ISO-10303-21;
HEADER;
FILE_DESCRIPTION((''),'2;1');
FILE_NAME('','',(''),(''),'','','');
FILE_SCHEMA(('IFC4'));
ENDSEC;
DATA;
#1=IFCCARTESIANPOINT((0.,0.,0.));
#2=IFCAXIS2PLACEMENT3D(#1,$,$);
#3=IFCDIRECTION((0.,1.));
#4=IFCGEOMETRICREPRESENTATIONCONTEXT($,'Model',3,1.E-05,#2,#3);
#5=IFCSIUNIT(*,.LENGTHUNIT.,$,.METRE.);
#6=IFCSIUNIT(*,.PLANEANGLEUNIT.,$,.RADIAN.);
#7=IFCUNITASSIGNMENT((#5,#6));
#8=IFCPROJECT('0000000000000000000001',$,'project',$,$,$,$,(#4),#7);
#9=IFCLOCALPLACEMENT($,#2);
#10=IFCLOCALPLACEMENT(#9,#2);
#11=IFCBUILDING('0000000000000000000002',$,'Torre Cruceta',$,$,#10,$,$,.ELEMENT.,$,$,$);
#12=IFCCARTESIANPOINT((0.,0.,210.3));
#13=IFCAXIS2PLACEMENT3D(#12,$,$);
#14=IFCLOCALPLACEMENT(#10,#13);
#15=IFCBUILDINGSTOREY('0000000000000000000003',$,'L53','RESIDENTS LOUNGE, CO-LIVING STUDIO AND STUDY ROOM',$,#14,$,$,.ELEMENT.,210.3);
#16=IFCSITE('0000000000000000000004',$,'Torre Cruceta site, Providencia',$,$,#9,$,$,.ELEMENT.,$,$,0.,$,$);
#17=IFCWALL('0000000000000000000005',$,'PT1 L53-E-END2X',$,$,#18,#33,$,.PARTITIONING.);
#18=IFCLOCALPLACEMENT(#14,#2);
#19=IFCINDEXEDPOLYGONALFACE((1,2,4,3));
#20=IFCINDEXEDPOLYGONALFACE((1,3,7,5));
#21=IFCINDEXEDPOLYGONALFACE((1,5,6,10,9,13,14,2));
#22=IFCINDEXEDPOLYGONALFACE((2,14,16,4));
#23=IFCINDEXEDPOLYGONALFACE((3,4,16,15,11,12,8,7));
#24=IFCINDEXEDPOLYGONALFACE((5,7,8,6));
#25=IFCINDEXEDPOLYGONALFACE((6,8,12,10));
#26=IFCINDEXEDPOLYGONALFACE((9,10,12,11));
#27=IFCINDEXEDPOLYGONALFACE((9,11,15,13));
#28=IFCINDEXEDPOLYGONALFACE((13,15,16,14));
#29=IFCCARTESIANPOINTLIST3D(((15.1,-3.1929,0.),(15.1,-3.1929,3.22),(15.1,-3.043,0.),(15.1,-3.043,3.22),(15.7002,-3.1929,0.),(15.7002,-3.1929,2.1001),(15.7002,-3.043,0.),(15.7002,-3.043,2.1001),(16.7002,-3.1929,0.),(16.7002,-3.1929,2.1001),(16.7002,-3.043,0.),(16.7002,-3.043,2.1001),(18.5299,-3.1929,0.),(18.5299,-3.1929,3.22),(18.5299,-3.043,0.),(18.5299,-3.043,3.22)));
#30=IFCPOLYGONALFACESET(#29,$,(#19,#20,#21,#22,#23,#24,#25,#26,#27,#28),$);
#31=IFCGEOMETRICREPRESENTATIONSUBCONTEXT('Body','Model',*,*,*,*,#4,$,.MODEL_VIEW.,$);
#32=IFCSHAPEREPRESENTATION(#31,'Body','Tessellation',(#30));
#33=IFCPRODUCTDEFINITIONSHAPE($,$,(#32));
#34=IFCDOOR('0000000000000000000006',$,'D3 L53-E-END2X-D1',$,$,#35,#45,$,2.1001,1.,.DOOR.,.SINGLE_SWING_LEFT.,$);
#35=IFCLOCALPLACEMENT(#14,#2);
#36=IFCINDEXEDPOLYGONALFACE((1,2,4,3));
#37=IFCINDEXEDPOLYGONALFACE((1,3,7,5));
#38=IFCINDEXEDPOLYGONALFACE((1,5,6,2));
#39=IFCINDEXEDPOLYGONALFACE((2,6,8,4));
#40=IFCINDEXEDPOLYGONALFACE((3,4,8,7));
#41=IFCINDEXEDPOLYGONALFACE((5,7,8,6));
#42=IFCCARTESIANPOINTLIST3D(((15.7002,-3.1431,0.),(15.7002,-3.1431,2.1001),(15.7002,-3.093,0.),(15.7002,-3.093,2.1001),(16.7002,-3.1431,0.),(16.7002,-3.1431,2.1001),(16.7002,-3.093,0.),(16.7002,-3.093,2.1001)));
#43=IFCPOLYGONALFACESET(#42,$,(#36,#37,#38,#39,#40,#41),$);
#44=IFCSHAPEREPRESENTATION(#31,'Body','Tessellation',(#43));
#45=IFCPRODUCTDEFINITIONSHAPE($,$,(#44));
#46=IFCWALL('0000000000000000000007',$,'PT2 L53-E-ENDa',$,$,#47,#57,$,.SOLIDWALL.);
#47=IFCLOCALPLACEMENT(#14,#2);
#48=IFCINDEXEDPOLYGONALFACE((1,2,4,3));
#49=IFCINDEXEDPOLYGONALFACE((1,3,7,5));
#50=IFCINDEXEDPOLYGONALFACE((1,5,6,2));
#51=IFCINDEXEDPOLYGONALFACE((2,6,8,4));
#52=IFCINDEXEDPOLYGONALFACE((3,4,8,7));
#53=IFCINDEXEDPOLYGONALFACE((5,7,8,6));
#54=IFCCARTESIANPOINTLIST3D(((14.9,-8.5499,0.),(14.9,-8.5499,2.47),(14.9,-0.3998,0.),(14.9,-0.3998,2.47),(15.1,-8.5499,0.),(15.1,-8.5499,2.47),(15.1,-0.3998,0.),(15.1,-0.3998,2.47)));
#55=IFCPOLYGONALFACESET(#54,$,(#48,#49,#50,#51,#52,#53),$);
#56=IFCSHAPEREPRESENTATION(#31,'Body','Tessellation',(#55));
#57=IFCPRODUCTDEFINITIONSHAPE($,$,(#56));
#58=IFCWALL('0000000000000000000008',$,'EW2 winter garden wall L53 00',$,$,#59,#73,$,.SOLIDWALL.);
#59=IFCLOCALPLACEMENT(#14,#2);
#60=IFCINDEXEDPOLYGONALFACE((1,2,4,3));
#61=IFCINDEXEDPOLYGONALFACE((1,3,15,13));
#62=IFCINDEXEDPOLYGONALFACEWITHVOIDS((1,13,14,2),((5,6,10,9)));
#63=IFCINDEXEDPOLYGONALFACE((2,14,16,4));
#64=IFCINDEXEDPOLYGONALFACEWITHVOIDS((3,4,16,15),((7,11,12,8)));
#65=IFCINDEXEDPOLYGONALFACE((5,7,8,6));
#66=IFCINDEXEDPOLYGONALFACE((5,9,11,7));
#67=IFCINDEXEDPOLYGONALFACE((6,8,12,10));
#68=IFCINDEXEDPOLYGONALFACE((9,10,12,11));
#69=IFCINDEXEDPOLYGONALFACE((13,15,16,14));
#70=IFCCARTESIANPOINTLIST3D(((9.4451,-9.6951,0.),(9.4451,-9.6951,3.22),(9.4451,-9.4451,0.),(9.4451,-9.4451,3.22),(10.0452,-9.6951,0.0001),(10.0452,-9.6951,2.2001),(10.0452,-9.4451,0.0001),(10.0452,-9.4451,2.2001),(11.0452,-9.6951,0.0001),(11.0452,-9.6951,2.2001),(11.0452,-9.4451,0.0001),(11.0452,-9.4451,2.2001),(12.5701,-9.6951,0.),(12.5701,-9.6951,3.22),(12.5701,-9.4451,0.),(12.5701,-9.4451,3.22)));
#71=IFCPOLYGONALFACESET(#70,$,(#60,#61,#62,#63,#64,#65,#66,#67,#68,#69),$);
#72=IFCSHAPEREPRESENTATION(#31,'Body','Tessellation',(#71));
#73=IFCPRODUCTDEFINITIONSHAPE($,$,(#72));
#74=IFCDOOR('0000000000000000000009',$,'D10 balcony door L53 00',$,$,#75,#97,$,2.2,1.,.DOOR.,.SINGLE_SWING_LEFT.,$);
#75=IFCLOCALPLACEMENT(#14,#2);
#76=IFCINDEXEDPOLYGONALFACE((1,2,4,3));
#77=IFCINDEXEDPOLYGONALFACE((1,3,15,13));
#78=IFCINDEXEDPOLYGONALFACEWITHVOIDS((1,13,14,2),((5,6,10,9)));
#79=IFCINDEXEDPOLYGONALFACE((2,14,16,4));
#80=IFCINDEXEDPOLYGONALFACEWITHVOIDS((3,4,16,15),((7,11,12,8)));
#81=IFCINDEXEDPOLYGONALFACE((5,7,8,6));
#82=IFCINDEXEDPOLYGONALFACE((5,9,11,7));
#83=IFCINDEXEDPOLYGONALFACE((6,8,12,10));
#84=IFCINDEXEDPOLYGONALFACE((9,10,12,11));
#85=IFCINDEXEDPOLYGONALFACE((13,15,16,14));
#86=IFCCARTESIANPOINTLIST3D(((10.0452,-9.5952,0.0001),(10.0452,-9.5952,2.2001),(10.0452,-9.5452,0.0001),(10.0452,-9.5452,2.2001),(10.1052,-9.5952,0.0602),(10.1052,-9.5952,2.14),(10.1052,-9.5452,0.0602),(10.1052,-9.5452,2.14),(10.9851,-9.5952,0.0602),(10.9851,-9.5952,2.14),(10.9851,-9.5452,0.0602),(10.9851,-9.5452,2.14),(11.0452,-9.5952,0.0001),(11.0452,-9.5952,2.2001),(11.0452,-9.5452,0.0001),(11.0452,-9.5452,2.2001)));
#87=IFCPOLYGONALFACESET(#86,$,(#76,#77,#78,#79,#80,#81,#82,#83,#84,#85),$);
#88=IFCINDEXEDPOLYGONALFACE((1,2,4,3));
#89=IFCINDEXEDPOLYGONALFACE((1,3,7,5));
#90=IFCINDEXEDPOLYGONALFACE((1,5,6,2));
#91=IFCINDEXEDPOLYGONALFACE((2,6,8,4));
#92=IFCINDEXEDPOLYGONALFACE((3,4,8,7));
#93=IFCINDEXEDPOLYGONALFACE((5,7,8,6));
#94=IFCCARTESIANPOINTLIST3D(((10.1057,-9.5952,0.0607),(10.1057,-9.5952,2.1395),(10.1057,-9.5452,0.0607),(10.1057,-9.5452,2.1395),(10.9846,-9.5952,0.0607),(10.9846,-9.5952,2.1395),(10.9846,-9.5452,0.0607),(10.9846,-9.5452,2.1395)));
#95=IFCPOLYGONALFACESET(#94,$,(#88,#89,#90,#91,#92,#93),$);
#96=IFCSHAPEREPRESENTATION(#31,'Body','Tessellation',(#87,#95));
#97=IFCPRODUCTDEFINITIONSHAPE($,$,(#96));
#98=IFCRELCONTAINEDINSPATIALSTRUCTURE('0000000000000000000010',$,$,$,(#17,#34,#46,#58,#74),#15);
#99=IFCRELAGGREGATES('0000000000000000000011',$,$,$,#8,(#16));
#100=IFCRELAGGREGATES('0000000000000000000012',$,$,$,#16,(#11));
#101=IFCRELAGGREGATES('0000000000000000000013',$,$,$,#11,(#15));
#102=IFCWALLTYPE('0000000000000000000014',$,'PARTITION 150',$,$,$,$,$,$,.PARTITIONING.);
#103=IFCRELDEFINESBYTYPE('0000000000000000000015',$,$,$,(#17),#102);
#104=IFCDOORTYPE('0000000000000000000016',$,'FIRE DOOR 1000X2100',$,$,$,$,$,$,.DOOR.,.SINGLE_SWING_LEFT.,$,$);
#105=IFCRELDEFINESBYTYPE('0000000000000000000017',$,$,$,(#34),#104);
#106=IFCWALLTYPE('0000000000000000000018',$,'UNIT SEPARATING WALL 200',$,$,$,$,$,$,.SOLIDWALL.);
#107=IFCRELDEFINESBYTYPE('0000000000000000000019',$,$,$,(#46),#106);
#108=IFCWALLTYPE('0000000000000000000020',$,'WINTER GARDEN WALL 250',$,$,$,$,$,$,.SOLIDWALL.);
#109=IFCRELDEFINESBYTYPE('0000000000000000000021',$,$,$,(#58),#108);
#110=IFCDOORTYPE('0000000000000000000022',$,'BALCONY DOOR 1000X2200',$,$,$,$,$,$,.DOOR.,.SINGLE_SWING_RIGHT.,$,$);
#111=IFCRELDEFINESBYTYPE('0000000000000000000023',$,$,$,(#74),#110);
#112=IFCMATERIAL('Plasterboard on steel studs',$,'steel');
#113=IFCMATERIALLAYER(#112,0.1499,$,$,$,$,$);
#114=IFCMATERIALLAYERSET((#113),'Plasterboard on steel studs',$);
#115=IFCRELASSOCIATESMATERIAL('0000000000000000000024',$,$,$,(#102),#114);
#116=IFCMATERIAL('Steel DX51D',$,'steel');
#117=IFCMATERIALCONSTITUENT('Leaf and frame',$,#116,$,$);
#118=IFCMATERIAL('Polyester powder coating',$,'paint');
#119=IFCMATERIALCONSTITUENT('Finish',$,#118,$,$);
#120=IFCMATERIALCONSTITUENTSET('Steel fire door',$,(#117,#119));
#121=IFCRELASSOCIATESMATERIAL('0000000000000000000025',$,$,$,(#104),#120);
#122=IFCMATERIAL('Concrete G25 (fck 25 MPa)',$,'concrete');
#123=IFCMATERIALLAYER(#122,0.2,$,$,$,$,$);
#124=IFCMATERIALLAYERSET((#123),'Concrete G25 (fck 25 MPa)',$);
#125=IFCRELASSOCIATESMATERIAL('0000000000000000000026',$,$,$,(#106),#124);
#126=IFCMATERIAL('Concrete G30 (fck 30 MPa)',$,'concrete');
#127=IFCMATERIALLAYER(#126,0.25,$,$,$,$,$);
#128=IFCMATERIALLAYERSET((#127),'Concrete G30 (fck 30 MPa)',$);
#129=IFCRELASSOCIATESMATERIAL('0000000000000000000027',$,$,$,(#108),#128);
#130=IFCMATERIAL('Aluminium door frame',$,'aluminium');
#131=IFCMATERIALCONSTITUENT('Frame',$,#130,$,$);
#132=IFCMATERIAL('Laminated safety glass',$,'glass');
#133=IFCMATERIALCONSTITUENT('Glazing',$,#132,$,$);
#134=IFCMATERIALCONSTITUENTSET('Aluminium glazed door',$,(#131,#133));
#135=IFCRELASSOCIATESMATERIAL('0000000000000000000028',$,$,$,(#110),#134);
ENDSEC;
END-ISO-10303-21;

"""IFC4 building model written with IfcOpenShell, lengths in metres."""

from ifc_helpers import new_model, si_unit, direction, frame, frame_2d, origin, place, context, subcontext, project, spatial, rectangle, hollow_rectangle, extrude, material, layer, layer_set, constituent, constituent_set, type_object, element, fill, save


model = new_model("IFC4")

# Units and contexts
model_context = context("Model", 3, precision=1e-05, world=origin(), true_north=direction((0.0, 1.0)))
body_context = subcontext(model_context, "Body", "Model", "MODEL_VIEW")
ifc_project = project(units=[si_unit("LENGTHUNIT", "METRE"), si_unit("PLANEANGLEUNIT", "RADIAN")], contexts=[model_context])

# Site, building, storey
site_placement = place(None, origin())
site = spatial("IfcSite", under=ifc_project, at=site_placement, Name="Torre Cruceta site, Providencia", CompositionType="ELEMENT", RefElevation=0.0)
building_placement = place(site_placement, origin())
building = spatial("IfcBuilding", under=site, at=building_placement, Name="Torre Cruceta", CompositionType="ELEMENT")
storey_placement = place(building_placement, frame((0.0, 0.0, 210.3)))
storey = spatial("IfcBuildingStorey", under=building, at=storey_placement, Name="L53", Description="RESIDENTS LOUNGE, CO-LIVING STUDIO AND STUDY ROOM", CompositionType="ELEMENT", Elevation=210.3)

# Wall, opening, door
ifc_material_1 = material(Name="Plasterboard on steel studs", Category="steel")
ifc_layer_1 = layer(ifc_material_1, 0.1499)
ifc_layer_set_1 = layer_set([ifc_layer_1], Name="Plasterboard on steel studs")
wall_type_1 = type_object("IfcWallType", Name="PARTITION 150", PredefinedType="PARTITIONING", material=ifc_layer_set_1)
wall_1_placement = place(storey_placement, frame((15.1001, -3.1179, 0.0), z_axis=(0.0, 0.0, 1.0), x_axis=(1.0, 0.0, 0.0)))
wall_1 = element("IfcWall", 1, at=wall_1_placement, inside=storey, type_object=wall_type_1, Name="PT1 L53-E-END2X", PredefinedType="PARTITIONING", context=body_context, shape_type="SweptSolid", body=[
    extrude(rectangle(XDim=3.4299, YDim=0.1499, at=frame_2d((1.7148, 0.0))), origin(), (0.0, 0.0, 1.0), 3.22),
])
opening_1_placement = place(wall_1_placement, frame((0.6001, 0.0, 0.0)))
opening_1 = element("IfcOpeningElement", 2, at=opening_1_placement, cuts=wall_1, PredefinedType="OPENING", context=body_context, shape_type="SweptSolid", body=[
    extrude(rectangle(XDim=1.0, YDim=2.1001, at=frame_2d((0.5, 1.05))), frame((0.0, 0.085, 0.0), z_axis=(0.0, -1.0, 0.0), x_axis=(1.0, 0.0, 0.0)), (0.0, 0.0, 1.0), 0.1699),
])
ifc_material_2 = material(Name="Steel DX51D", Category="steel")
ifc_constituent_1 = constituent(ifc_material_2, Name="Leaf and frame")
ifc_material_3 = material(Name="Polyester powder coating", Category="paint")
ifc_constituent_2 = constituent(ifc_material_3, Name="Finish")
ifc_constituent_set_1 = constituent_set(constituents=[ifc_constituent_1, ifc_constituent_2], Name="Steel fire door")
door_type_1 = type_object("IfcDoorType", Name="FIRE DOOR 1000X2100", OperationType="SINGLE_SWING_LEFT", PredefinedType="DOOR", material=ifc_constituent_set_1)
door_1_placement = place(opening_1_placement, origin())
door_1 = element("IfcDoor", 3, at=door_1_placement, inside=storey, type_object=door_type_1, Name="D3 L53-E-END2X-D1", OperationType="SINGLE_SWING_LEFT", OverallHeight=2.1001, OverallWidth=1.0, PredefinedType="DOOR", context=body_context, shape_type="SweptSolid", body=[
    extrude(rectangle(XDim=1.0, YDim=2.1001, at=frame_2d((0.5, 1.05))), frame((0.0, 0.0249, 0.0), z_axis=(0.0, -1.0, 0.0), x_axis=(1.0, 0.0, 0.0)), (0.0, 0.0, 1.0), 0.05),
])
fill(opening_1, door_1)

# Wall
ifc_material_4 = material(Name="Concrete G25 (fck 25 MPa)", Category="concrete")
ifc_layer_2 = layer(ifc_material_4, 0.2)
ifc_layer_set_2 = layer_set([ifc_layer_2], Name="Concrete G25 (fck 25 MPa)")
wall_type_2 = type_object("IfcWallType", Name="UNIT SEPARATING WALL 200", PredefinedType="SOLIDWALL", material=ifc_layer_set_2)
wall_2_placement = place(storey_placement, frame((15.0, -8.55, 0.0), z_axis=(0.0, 0.0, 1.0), x_axis=(0.0, 1.0, 0.0)))
element("IfcWall", 4, at=wall_2_placement, inside=storey, type_object=wall_type_2, Name="PT2 L53-E-ENDa", PredefinedType="SOLIDWALL", context=body_context, shape_type="SweptSolid", body=[
    extrude(rectangle(XDim=8.1501, YDim=0.2, at=frame_2d((4.0752, 0.0))), origin(), (0.0, 0.0, 1.0), 2.47),
])

# Wall, opening, door
ifc_material_5 = material(Name="Concrete G30 (fck 30 MPa)", Category="concrete")
ifc_layer_3 = layer(ifc_material_5, 0.25)
ifc_layer_set_3 = layer_set([ifc_layer_3], Name="Concrete G30 (fck 30 MPa)")
wall_type_3 = type_object("IfcWallType", Name="WINTER GARDEN WALL 250", PredefinedType="SOLIDWALL", material=ifc_layer_set_3)
wall_3_placement = place(storey_placement, frame((9.4451, -9.5701, 0.0), z_axis=(0.0, 0.0, 1.0), x_axis=(1.0, 0.0, 0.0)))
wall_3 = element("IfcWall", 5, at=wall_3_placement, inside=storey, type_object=wall_type_3, Name="EW2 winter garden wall L53 00", PredefinedType="SOLIDWALL", context=body_context, shape_type="SweptSolid", body=[
    extrude(rectangle(XDim=3.125, YDim=0.25, at=frame_2d((1.5625, 0.0))), origin(), (0.0, 0.0, 1.0), 3.22),
])
opening_2_placement = place(wall_3_placement, frame((0.6001, 0.0, 0.0)))
opening_2 = element("IfcOpeningElement", 6, at=opening_2_placement, cuts=wall_3, PredefinedType="OPENING", context=body_context, shape_type="SweptSolid", body=[
    extrude(rectangle(XDim=1.0, YDim=2.2, at=frame_2d((0.5, 1.1001))), frame((0.0, 0.135, 0.0), z_axis=(0.0, -1.0, 0.0), x_axis=(1.0, 0.0, 0.0)), (0.0, 0.0, 1.0), 0.27),
])
ifc_material_6 = material(Name="Aluminium door frame", Category="aluminium")
ifc_constituent_3 = constituent(ifc_material_6, Name="Frame")
ifc_material_7 = material(Name="Laminated safety glass", Category="glass")
ifc_constituent_4 = constituent(ifc_material_7, Name="Glazing")
ifc_constituent_set_2 = constituent_set(constituents=[ifc_constituent_3, ifc_constituent_4], Name="Aluminium glazed door")
door_type_2 = type_object("IfcDoorType", Name="BALCONY DOOR 1000X2200", OperationType="SINGLE_SWING_RIGHT", PredefinedType="DOOR", material=ifc_constituent_set_2)
door_2_placement = place(opening_2_placement, origin())
door_2 = element("IfcDoor", 7, at=door_2_placement, inside=storey, type_object=door_type_2, Name="D10 balcony door L53 00", OperationType="SINGLE_SWING_LEFT", OverallHeight=2.2, OverallWidth=1.0, PredefinedType="DOOR", context=body_context, shape_type="SweptSolid", body=[
    extrude(hollow_rectangle(XDim=1.0, YDim=2.2, WallThickness=0.0601, at=frame_2d((0.5, 1.1001))), frame((0.0, 0.0249, 0.0), z_axis=(0.0, -1.0, 0.0), x_axis=(1.0, 0.0, 0.0)), (0.0, 0.0, 1.0), 0.05),
    extrude(rectangle(XDim=0.8789, YDim=2.0789, at=frame_2d((0.5, 1.1001))), frame((0.0, 0.0249, 0.0), z_axis=(0.0, -1.0, 0.0), x_axis=(1.0, 0.0, 0.0)), (0.0, 0.0, 1.0), 0.05),
])
fill(opening_2, door_2)

save(model, "model.ifc")
